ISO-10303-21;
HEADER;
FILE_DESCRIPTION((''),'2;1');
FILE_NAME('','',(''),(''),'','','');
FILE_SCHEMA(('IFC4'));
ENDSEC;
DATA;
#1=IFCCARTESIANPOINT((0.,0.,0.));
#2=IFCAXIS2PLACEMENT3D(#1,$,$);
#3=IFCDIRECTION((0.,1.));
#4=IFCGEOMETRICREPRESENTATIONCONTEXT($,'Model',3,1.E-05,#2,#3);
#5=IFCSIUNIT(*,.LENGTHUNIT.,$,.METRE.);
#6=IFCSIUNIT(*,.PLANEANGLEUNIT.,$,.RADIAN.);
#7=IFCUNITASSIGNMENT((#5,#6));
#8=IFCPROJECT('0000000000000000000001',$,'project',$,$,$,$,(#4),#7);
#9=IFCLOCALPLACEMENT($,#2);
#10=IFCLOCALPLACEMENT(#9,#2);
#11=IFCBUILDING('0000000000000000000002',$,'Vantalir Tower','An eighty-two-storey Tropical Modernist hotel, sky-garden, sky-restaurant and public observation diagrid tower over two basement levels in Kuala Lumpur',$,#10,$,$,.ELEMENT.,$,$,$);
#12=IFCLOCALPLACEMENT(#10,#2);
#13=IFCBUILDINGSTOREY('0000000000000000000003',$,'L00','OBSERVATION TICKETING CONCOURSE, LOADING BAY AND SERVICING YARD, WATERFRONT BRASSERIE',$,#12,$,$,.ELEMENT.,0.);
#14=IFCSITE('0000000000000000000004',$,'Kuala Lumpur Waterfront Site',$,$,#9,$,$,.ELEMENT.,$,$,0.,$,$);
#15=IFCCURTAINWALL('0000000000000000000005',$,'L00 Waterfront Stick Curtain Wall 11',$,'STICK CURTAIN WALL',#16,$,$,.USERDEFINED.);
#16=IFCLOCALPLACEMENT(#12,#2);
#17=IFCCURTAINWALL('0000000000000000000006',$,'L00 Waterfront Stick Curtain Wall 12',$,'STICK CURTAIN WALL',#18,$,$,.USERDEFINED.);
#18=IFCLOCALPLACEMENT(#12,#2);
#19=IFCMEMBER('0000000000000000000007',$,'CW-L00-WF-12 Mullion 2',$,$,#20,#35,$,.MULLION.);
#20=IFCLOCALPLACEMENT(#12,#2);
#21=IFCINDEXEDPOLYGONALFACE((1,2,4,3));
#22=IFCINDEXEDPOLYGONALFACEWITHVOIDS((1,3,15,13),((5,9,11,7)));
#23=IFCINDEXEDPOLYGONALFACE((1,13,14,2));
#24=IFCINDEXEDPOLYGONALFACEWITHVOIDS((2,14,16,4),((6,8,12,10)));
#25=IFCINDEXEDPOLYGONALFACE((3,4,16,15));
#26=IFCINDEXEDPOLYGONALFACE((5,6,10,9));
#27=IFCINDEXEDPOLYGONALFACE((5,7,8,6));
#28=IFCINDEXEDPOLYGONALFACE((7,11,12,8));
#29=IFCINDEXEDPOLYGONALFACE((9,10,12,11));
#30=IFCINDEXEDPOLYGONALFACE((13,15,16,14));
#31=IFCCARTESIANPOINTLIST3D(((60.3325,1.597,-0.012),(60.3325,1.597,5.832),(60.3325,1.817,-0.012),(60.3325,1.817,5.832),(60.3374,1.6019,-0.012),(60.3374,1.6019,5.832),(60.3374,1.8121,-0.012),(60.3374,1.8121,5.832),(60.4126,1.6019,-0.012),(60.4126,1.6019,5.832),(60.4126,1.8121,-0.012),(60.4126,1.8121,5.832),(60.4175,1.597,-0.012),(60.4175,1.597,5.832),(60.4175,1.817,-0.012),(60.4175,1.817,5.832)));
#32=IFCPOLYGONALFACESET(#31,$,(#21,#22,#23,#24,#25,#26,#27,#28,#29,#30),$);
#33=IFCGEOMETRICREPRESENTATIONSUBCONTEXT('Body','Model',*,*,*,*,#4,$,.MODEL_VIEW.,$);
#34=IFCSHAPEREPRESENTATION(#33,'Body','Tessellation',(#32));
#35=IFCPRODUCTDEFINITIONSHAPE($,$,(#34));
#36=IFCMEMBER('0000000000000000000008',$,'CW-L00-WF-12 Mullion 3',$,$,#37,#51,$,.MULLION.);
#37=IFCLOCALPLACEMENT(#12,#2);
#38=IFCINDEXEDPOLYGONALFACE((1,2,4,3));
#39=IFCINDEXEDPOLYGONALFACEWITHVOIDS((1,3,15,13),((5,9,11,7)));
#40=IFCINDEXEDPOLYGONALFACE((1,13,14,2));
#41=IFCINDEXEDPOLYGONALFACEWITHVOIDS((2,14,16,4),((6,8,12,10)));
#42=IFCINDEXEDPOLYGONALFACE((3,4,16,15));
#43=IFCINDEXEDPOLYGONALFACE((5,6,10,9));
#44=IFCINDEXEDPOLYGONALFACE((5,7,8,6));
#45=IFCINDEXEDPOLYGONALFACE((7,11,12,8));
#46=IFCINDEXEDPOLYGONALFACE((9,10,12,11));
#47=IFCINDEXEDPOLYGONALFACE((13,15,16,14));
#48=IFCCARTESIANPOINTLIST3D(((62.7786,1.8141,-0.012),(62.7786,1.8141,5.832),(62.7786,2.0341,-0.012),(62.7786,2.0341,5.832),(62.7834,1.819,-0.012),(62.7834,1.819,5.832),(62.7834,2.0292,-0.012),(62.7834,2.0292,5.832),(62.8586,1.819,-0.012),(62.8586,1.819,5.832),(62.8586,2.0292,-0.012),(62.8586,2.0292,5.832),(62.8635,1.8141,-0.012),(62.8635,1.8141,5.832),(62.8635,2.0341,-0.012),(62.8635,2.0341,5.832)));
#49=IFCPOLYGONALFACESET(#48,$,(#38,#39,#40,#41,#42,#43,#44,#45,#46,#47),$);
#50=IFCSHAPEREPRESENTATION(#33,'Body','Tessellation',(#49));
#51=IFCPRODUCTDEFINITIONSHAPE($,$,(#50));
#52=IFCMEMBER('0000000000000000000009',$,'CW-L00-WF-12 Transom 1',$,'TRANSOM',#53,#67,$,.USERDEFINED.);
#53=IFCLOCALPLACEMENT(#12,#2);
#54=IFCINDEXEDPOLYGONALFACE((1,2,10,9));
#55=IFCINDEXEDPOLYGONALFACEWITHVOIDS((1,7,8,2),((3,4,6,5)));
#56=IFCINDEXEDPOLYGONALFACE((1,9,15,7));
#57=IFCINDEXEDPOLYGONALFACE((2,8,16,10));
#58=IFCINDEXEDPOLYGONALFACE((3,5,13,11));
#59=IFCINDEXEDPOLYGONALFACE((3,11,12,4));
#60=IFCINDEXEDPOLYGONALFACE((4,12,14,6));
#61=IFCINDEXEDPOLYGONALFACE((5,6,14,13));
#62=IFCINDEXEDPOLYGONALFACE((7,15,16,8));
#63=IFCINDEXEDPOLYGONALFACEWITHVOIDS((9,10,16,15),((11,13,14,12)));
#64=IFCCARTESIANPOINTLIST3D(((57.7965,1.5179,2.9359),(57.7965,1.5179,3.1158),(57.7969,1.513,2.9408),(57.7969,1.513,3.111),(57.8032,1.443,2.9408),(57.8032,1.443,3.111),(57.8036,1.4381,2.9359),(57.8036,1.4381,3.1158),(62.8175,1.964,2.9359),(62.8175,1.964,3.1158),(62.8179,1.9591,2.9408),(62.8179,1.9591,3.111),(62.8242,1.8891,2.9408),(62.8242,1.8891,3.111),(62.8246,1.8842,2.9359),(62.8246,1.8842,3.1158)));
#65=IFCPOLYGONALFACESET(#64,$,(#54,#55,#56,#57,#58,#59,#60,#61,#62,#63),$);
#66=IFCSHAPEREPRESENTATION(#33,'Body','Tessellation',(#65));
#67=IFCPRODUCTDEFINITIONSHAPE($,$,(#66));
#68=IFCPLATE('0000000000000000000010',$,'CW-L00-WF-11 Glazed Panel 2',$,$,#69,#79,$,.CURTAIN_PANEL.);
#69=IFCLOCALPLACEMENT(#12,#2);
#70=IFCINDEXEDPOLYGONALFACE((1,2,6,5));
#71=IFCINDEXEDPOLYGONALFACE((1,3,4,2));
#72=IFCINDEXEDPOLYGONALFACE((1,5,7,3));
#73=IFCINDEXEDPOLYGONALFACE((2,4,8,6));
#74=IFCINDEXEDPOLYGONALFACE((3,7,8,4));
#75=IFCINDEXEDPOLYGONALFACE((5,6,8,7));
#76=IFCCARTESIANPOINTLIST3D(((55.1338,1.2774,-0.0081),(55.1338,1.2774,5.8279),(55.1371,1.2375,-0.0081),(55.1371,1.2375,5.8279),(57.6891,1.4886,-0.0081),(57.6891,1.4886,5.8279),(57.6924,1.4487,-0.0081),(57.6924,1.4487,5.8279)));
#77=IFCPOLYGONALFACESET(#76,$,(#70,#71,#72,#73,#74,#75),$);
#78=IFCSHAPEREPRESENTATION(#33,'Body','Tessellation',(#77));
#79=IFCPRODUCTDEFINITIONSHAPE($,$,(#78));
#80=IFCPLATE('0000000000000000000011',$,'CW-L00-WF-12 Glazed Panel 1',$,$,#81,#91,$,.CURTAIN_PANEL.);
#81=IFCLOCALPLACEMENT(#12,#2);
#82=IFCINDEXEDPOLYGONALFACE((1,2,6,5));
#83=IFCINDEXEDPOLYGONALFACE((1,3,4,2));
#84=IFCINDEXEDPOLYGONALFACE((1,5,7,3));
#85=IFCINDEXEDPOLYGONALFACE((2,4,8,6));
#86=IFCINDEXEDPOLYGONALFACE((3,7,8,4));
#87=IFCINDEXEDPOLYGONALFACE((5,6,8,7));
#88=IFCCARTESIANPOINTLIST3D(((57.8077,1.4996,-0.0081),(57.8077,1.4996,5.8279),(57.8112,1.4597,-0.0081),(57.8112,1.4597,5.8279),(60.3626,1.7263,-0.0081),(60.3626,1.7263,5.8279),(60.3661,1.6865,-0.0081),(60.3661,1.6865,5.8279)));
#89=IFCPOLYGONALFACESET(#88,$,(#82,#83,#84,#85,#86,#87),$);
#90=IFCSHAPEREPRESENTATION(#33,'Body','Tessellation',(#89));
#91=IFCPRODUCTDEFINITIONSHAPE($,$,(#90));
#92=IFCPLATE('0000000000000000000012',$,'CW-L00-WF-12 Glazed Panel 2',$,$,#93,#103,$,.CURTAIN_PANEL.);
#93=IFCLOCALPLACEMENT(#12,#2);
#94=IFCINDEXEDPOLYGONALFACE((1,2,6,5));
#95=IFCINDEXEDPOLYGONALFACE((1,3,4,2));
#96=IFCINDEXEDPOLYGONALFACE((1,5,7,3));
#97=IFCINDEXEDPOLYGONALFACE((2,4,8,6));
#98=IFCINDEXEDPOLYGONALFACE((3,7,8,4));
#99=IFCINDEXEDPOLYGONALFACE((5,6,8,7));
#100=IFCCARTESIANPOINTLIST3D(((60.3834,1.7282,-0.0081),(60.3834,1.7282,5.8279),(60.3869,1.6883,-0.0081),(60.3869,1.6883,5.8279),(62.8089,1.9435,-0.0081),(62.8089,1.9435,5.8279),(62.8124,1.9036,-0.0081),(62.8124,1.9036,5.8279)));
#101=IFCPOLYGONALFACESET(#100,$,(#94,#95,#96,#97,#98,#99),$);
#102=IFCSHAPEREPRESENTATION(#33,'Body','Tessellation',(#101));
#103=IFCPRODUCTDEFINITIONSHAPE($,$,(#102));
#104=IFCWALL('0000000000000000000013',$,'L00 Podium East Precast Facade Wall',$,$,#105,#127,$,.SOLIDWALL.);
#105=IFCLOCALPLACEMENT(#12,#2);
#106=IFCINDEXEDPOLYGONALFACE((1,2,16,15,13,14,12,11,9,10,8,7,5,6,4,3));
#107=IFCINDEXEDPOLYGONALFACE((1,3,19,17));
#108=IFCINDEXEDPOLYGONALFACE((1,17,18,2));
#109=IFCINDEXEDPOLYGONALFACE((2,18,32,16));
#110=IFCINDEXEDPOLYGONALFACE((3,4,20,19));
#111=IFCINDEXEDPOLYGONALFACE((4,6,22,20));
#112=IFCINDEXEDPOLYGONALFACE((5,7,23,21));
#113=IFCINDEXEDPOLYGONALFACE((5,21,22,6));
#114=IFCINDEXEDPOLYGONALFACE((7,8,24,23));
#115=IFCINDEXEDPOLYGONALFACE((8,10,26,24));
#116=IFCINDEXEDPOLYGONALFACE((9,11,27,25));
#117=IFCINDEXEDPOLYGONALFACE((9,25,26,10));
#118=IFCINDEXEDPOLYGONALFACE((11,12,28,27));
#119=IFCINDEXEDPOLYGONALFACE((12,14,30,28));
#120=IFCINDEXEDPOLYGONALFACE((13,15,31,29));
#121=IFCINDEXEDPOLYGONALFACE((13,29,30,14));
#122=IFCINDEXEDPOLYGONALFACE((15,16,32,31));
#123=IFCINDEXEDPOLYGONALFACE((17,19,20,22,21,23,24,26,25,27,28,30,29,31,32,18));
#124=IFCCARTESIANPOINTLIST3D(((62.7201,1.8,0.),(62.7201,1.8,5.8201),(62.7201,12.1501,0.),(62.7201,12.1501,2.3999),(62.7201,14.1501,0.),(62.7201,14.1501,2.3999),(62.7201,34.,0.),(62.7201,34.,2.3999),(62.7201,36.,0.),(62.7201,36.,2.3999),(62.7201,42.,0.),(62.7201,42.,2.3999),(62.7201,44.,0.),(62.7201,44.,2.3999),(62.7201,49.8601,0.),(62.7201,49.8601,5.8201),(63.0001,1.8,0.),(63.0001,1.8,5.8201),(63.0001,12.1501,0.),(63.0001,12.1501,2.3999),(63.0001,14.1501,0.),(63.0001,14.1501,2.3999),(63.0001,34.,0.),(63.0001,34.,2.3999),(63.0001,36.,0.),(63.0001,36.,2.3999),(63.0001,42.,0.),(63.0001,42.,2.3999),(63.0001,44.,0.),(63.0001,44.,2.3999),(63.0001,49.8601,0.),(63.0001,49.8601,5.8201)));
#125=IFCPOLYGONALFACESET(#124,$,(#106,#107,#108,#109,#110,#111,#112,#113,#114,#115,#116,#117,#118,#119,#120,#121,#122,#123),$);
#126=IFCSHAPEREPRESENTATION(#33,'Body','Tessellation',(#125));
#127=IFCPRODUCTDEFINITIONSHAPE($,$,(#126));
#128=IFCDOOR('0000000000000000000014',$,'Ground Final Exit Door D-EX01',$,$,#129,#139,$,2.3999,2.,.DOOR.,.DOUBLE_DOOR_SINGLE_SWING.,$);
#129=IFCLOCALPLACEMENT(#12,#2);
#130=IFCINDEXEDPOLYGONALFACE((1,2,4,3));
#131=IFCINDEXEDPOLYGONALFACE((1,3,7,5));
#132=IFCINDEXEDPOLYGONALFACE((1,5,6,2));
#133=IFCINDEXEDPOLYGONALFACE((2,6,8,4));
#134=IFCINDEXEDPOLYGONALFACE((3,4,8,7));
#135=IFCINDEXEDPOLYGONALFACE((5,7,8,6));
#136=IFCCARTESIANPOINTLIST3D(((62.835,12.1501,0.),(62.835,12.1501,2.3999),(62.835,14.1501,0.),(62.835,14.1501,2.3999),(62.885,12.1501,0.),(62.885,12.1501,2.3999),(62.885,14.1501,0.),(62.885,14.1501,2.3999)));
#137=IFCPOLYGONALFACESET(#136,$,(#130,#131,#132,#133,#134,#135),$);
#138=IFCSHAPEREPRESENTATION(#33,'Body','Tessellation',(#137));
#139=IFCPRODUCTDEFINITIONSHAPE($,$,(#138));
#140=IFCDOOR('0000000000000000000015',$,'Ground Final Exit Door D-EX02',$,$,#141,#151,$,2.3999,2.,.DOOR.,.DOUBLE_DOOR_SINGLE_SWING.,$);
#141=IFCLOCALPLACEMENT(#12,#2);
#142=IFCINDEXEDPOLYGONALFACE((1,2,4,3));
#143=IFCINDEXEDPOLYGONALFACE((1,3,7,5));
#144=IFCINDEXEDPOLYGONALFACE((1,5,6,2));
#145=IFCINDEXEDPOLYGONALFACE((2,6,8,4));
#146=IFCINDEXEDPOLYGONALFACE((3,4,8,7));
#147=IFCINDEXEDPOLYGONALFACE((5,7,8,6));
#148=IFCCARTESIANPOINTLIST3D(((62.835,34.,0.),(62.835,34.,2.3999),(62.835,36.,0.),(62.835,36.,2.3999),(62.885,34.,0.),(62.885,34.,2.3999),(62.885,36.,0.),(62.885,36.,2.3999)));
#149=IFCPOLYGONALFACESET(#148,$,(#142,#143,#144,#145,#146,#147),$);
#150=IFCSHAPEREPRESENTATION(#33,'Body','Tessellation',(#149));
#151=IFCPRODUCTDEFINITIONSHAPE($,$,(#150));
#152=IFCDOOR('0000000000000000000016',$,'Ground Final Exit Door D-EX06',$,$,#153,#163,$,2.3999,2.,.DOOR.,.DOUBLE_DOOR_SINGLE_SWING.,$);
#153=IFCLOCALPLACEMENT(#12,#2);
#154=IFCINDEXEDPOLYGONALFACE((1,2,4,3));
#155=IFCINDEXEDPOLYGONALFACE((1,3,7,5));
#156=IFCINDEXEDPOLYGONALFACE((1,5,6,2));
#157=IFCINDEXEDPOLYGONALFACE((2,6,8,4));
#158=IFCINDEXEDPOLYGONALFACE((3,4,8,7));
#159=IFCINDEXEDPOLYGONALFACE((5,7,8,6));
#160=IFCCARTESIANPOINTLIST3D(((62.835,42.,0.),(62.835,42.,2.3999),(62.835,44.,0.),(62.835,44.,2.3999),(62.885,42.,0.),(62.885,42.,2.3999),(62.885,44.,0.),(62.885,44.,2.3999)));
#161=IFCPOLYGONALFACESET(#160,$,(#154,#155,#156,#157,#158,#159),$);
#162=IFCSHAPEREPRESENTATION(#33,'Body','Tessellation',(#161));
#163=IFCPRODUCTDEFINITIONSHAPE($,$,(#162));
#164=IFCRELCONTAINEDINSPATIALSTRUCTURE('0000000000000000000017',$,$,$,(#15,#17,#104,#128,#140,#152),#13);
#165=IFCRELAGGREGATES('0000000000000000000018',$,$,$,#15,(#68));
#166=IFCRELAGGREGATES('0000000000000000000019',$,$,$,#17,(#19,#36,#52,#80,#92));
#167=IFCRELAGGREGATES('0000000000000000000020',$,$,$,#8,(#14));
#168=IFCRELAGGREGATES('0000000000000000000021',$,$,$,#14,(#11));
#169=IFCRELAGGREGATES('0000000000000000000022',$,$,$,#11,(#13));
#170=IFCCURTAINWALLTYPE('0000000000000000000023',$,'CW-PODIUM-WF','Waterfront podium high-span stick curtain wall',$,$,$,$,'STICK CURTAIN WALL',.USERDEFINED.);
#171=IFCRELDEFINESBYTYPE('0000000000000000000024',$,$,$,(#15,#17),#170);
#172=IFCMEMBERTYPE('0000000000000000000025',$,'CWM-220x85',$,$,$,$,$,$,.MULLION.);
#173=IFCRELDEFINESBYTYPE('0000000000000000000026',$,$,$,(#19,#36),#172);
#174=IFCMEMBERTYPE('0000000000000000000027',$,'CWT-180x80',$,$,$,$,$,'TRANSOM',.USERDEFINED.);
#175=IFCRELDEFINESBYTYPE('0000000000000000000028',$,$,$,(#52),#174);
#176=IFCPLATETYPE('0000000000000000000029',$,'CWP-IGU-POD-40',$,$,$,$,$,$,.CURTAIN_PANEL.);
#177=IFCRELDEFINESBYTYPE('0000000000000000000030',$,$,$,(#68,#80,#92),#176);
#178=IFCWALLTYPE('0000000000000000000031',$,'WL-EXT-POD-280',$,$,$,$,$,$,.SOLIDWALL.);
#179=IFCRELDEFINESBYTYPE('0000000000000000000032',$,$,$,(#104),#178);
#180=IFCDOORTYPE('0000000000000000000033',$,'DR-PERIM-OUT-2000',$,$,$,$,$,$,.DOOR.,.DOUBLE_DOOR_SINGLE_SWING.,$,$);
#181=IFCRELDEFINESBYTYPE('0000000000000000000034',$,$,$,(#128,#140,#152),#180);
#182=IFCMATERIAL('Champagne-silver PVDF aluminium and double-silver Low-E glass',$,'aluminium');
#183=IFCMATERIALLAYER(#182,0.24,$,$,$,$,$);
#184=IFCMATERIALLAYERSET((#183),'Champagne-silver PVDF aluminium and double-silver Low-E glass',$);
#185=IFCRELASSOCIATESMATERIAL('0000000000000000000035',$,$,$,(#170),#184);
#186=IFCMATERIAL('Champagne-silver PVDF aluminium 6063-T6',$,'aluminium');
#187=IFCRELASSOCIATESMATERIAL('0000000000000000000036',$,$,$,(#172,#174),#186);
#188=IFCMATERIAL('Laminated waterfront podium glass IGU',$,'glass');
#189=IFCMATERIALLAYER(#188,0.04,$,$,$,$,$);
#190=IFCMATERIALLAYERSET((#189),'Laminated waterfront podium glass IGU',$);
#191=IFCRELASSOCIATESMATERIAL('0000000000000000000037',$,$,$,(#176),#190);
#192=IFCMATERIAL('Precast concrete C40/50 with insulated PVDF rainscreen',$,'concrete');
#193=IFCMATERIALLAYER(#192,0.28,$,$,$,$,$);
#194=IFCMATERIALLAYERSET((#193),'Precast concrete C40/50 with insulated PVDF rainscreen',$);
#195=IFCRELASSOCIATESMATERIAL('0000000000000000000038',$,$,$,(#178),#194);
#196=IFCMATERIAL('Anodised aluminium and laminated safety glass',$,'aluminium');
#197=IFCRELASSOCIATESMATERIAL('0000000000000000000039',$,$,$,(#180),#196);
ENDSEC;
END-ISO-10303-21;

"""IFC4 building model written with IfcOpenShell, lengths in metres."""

from ifc_helpers import new_model, si_unit, direction, frame, frame_2d, origin, origin_2d, place, context, subcontext, project, spatial, rectangle, hollow_rectangle, extrude, material, layer, layer_set, material_profile, profile_set, type_object, element, fill, aggregate, save


model = new_model("IFC4")

# Units and contexts
model_context = context("Model", 3, precision=1e-05, world=origin(), true_north=direction((0.0, 1.0)))
body_context = subcontext(model_context, "Body", "Model", "MODEL_VIEW")
ifc_project = project(units=[si_unit("LENGTHUNIT", "METRE"), si_unit("PLANEANGLEUNIT", "RADIAN")], contexts=[model_context])

# Site, building, storey
site_placement = place(None, origin())
site = spatial("IfcSite", under=ifc_project, at=site_placement, Name="Kuala Lumpur Waterfront Site", CompositionType="ELEMENT", RefElevation=0.0)
building_placement = place(site_placement, origin())
building = spatial("IfcBuilding", under=site, at=building_placement, Name="Vantalir Tower", Description="An eighty-two-storey Tropical Modernist hotel, sky-garden, sky-restaurant and public observation diagrid tower over two basement levels in Kuala Lumpur", CompositionType="ELEMENT")
storey_placement = place(building_placement, origin())
storey = spatial("IfcBuildingStorey", under=building, at=storey_placement, Name="L00", Description="OBSERVATION TICKETING CONCOURSE, LOADING BAY AND SERVICING YARD, WATERFRONT BRASSERIE", CompositionType="ELEMENT", Elevation=0.0)

# Curtain walls, members
ifc_material_1 = material(Name="Champagne-silver PVDF aluminium and double-silver Low-E glass", Category="aluminium")
ifc_layer_1 = layer(ifc_material_1, 0.24)
ifc_layer_set_1 = layer_set([ifc_layer_1], Name="Champagne-silver PVDF aluminium and double-silver Low-E glass")
curtain_wall_type = type_object("IfcCurtainWallType", Name="CW-PODIUM-WF", Description="Waterfront podium high-span stick curtain wall", ElementType="STICK CURTAIN WALL", PredefinedType="USERDEFINED", material=ifc_layer_set_1)
curtain_wall_1_placement = place(storey_placement, origin())
curtain_wall_1 = element("IfcCurtainWall", 1, at=curtain_wall_1_placement, inside=storey, type_object=curtain_wall_type, Name="L00 Waterfront Stick Curtain Wall 11", ObjectType="STICK CURTAIN WALL", PredefinedType="USERDEFINED")
ifc_material_2 = material(Name="Champagne-silver PVDF aluminium 6063-T6", Category="aluminium")
ifc_material_profile_1 = material_profile(ifc_material_2, hollow_rectangle(XDim=0.085, YDim=0.22, WallThickness=0.0049, at=origin_2d()), Name="Champagne-silver PVDF aluminium 6063-T6")
ifc_profile_set_1 = profile_set([ifc_material_profile_1], Name="Champagne-silver PVDF aluminium 6063-T6")
member_type_1 = type_object("IfcMemberType", Name="CWM-220x85", PredefinedType="MULLION", material=ifc_profile_set_1)
curtain_wall_2_placement = place(storey_placement, origin())
curtain_wall_2 = element("IfcCurtainWall", 2, at=curtain_wall_2_placement, inside=storey, type_object=curtain_wall_type, Name="L00 Waterfront Stick Curtain Wall 12", ObjectType="STICK CURTAIN WALL", PredefinedType="USERDEFINED")
member_1_placement = place(storey_placement, frame((60.375, 1.707, -0.012), z_axis=(0.0, 0.0, 1.0), x_axis=(1.0, 0.0, 0.0)))
member_1 = element("IfcMember", 3, at=member_1_placement, type_object=member_type_1, Name="CW-L00-WF-12 Mullion 2", PredefinedType="MULLION", context=body_context, shape_type="SweptSolid", body=[
    extrude(hollow_rectangle(XDim=0.085, YDim=0.22, WallThickness=0.0049, at=origin_2d()), origin(), (0.0, 0.0, 1.0), 5.844),
])
member_2_placement = place(storey_placement, frame((62.821, 1.9241, -0.012), z_axis=(0.0, 0.0, 1.0), x_axis=(1.0, 0.0, 0.0)))
member_2 = element("IfcMember", 4, at=member_2_placement, type_object=member_type_1, Name="CW-L00-WF-12 Mullion 3", PredefinedType="MULLION", context=body_context, shape_type="SweptSolid", body=[
    extrude(hollow_rectangle(XDim=0.085, YDim=0.22, WallThickness=0.0049, at=origin_2d()), origin(), (0.0, 0.0, 1.0), 5.844),
])
ifc_material_profile_2 = material_profile(ifc_material_2, hollow_rectangle(XDim=0.0801, YDim=0.1799, WallThickness=0.0049, at=origin_2d()), Name="Champagne-silver PVDF aluminium 6063-T6")
ifc_profile_set_2 = profile_set([ifc_material_profile_2], Name="Champagne-silver PVDF aluminium 6063-T6")
member_type_2 = type_object("IfcMemberType", Name="CWT-180x80", ElementType="TRANSOM", PredefinedType="USERDEFINED", material=ifc_profile_set_2)
member_3_placement = place(storey_placement, frame((57.8, 1.478, 3.0259), z_axis=(0.996077, 0.088487, 0.0), x_axis=(-0.088487, 0.996077, 0.0)))
member_3 = element("IfcMember", 5, at=member_3_placement, type_object=member_type_2, Name="CW-L00-WF-12 Transom 1", ObjectType="TRANSOM", PredefinedType="USERDEFINED", context=body_context, shape_type="SweptSolid", body=[
    extrude(hollow_rectangle(XDim=0.0801, YDim=0.1799, WallThickness=0.0049, at=origin_2d()), origin(), (0.0, 0.0, 1.0), 5.0408),
])

# Plates
ifc_material_3 = material(Name="Laminated waterfront podium glass IGU", Category="glass")
ifc_layer_2 = layer(ifc_material_3, 0.04)
ifc_layer_set_2 = layer_set([ifc_layer_2], Name="Laminated waterfront podium glass IGU")
plate_type = type_object("IfcPlateType", Name="CWP-IGU-POD-40", PredefinedType="CURTAIN_PANEL", material=ifc_layer_set_2)
plate_1_placement = place(storey_placement, frame((56.4131, 1.363, -0.0081), z_axis=(0.0, 0.0, 1.0), x_axis=(0.9966, 0.082391, 0.0)))
plate_1 = element("IfcPlate", 6, at=plate_1_placement, type_object=plate_type, Name="CW-L00-WF-11 Glazed Panel 2", PredefinedType="CURTAIN_PANEL", context=body_context, shape_type="SweptSolid", body=[
    extrude(rectangle(XDim=2.564, YDim=0.04, at=origin_2d()), origin(), (0.0, 0.0, 1.0), 5.8359),
])
aggregate(curtain_wall_1, [plate_1])
plate_2_placement = place(storey_placement, frame((59.0869, 1.593, -0.0081), z_axis=(0.0, 0.0, 1.0), x_axis=(0.996084, 0.088408, 0.0)))
plate_2 = element("IfcPlate", 7, at=plate_2_placement, type_object=plate_type, Name="CW-L00-WF-12 Glazed Panel 1", PredefinedType="CURTAIN_PANEL", context=body_context, shape_type="SweptSolid", body=[
    extrude(rectangle(XDim=2.5649, YDim=0.04, at=origin_2d()), origin(), (0.0, 0.0, 1.0), 5.8359),
])
plate_3_placement = place(storey_placement, frame((61.5979, 1.8159, -0.0081), z_axis=(0.0, 0.0, 1.0), x_axis=(0.996084, 0.088408, 0.0)))
plate_3 = element("IfcPlate", 8, at=plate_3_placement, type_object=plate_type, Name="CW-L00-WF-12 Glazed Panel 2", PredefinedType="CURTAIN_PANEL", context=body_context, shape_type="SweptSolid", body=[
    extrude(rectangle(XDim=2.4351, YDim=0.04, at=origin_2d()), origin(), (0.0, 0.0, 1.0), 5.8359),
])
aggregate(curtain_wall_2, [member_1, member_2, member_3, plate_2, plate_3])

# Wall, openings, doors
ifc_material_4 = material(Name="Precast concrete C40/50 with insulated PVDF rainscreen", Category="concrete")
ifc_layer_3 = layer(ifc_material_4, 0.28)
ifc_layer_set_3 = layer_set([ifc_layer_3], Name="Precast concrete C40/50 with insulated PVDF rainscreen")
wall_type_1 = type_object("IfcWallType", Name="WL-EXT-POD-280", PredefinedType="SOLIDWALL", material=ifc_layer_set_3)
wall_1_placement = place(storey_placement, frame((62.8601, 1.8, 0.0), z_axis=(0.0, 0.0, 1.0), x_axis=(0.0, 1.0, 0.0)))
wall_1 = element("IfcWall", 9, at=wall_1_placement, inside=storey, type_object=wall_type_1, Name="L00 Podium East Precast Facade Wall", PredefinedType="SOLIDWALL", context=body_context, shape_type="SweptSolid", body=[
    extrude(rectangle(XDim=48.0601, YDim=0.28, at=frame_2d((24.03, 0.0))), origin(), (0.0, 0.0, 1.0), 5.8201),
])
opening_1_placement = place(wall_1_placement, frame((10.3501, 0.0, 0.0)))
opening_1 = element("IfcOpeningElement", 10, at=opening_1_placement, cuts=wall_1, PredefinedType="OPENING", context=body_context, shape_type="SweptSolid", body=[
    extrude(rectangle(XDim=2.0, YDim=2.3999, at=frame_2d((1.0, 1.2))), frame((0.0, 0.1499, 0.0), z_axis=(0.0, -1.0, 0.0), x_axis=(1.0, 0.0, 0.0)), (0.0, 0.0, 1.0), 0.3),
])
opening_2_placement = place(wall_1_placement, frame((32.2, 0.0, 0.0)))
opening_2 = element("IfcOpeningElement", 11, at=opening_2_placement, cuts=wall_1, PredefinedType="OPENING", context=body_context, shape_type="SweptSolid", body=[
    extrude(rectangle(XDim=2.0, YDim=2.3999, at=frame_2d((1.0, 1.2))), frame((0.0, 0.1499, 0.0), z_axis=(0.0, -1.0, 0.0), x_axis=(1.0, 0.0, 0.0)), (0.0, 0.0, 1.0), 0.3),
])
opening_3_placement = place(wall_1_placement, frame((40.2, 0.0, 0.0)))
opening_3 = element("IfcOpeningElement", 12, at=opening_3_placement, cuts=wall_1, PredefinedType="OPENING", context=body_context, shape_type="SweptSolid", body=[
    extrude(rectangle(XDim=2.0, YDim=2.3999, at=frame_2d((1.0, 1.2))), frame((0.0, 0.1499, 0.0), z_axis=(0.0, -1.0, 0.0), x_axis=(1.0, 0.0, 0.0)), (0.0, 0.0, 1.0), 0.3),
])
ifc_material_5 = material(Name="Anodised aluminium and laminated safety glass", Category="aluminium")
door_type_1 = type_object("IfcDoorType", Name="DR-PERIM-OUT-2000", OperationType="DOUBLE_DOOR_SINGLE_SWING", PredefinedType="DOOR", material=ifc_material_5)
door_1_placement = place(opening_1_placement, frame((2.0, 0.0, 0.0), z_axis=(0.0, 0.0, 1.0), x_axis=(-1.0, 0.0, 0.0)))
door_1 = element("IfcDoor", 13, at=door_1_placement, inside=storey, type_object=door_type_1, Name="Ground Final Exit Door D-EX01", OperationType="DOUBLE_DOOR_SINGLE_SWING", OverallHeight=2.3999, OverallWidth=2.0, PredefinedType="DOOR", context=body_context, shape_type="SweptSolid", body=[
    extrude(rectangle(XDim=2.0, YDim=2.3999, at=frame_2d((1.0, 1.2))), frame((0.0, 0.0249, 0.0), z_axis=(0.0, -1.0, 0.0), x_axis=(1.0, 0.0, 0.0)), (0.0, 0.0, 1.0), 0.05),
])
fill(opening_1, door_1)
door_2_placement = place(opening_2_placement, frame((2.0, 0.0, 0.0), z_axis=(0.0, 0.0, 1.0), x_axis=(-1.0, 0.0, 0.0)))
door_2 = element("IfcDoor", 14, at=door_2_placement, inside=storey, type_object=door_type_1, Name="Ground Final Exit Door D-EX02", OperationType="DOUBLE_DOOR_SINGLE_SWING", OverallHeight=2.3999, OverallWidth=2.0, PredefinedType="DOOR", context=body_context, shape_type="SweptSolid", body=[
    extrude(rectangle(XDim=2.0, YDim=2.3999, at=frame_2d((1.0, 1.2))), frame((0.0, 0.0249, 0.0), z_axis=(0.0, -1.0, 0.0), x_axis=(1.0, 0.0, 0.0)), (0.0, 0.0, 1.0), 0.05),
])
fill(opening_2, door_2)
door_3_placement = place(opening_3_placement, frame((2.0, 0.0, 0.0), z_axis=(0.0, 0.0, 1.0), x_axis=(-1.0, 0.0, 0.0)))
door_3 = element("IfcDoor", 15, at=door_3_placement, inside=storey, type_object=door_type_1, Name="Ground Final Exit Door D-EX06", OperationType="DOUBLE_DOOR_SINGLE_SWING", OverallHeight=2.3999, OverallWidth=2.0, PredefinedType="DOOR", context=body_context, shape_type="SweptSolid", body=[
    extrude(rectangle(XDim=2.0, YDim=2.3999, at=frame_2d((1.0, 1.2))), frame((0.0, 0.0249, 0.0), z_axis=(0.0, -1.0, 0.0), x_axis=(1.0, 0.0, 0.0)), (0.0, 0.0, 1.0), 0.05),
])
fill(opening_3, door_3)

save(model, "model.ifc")
